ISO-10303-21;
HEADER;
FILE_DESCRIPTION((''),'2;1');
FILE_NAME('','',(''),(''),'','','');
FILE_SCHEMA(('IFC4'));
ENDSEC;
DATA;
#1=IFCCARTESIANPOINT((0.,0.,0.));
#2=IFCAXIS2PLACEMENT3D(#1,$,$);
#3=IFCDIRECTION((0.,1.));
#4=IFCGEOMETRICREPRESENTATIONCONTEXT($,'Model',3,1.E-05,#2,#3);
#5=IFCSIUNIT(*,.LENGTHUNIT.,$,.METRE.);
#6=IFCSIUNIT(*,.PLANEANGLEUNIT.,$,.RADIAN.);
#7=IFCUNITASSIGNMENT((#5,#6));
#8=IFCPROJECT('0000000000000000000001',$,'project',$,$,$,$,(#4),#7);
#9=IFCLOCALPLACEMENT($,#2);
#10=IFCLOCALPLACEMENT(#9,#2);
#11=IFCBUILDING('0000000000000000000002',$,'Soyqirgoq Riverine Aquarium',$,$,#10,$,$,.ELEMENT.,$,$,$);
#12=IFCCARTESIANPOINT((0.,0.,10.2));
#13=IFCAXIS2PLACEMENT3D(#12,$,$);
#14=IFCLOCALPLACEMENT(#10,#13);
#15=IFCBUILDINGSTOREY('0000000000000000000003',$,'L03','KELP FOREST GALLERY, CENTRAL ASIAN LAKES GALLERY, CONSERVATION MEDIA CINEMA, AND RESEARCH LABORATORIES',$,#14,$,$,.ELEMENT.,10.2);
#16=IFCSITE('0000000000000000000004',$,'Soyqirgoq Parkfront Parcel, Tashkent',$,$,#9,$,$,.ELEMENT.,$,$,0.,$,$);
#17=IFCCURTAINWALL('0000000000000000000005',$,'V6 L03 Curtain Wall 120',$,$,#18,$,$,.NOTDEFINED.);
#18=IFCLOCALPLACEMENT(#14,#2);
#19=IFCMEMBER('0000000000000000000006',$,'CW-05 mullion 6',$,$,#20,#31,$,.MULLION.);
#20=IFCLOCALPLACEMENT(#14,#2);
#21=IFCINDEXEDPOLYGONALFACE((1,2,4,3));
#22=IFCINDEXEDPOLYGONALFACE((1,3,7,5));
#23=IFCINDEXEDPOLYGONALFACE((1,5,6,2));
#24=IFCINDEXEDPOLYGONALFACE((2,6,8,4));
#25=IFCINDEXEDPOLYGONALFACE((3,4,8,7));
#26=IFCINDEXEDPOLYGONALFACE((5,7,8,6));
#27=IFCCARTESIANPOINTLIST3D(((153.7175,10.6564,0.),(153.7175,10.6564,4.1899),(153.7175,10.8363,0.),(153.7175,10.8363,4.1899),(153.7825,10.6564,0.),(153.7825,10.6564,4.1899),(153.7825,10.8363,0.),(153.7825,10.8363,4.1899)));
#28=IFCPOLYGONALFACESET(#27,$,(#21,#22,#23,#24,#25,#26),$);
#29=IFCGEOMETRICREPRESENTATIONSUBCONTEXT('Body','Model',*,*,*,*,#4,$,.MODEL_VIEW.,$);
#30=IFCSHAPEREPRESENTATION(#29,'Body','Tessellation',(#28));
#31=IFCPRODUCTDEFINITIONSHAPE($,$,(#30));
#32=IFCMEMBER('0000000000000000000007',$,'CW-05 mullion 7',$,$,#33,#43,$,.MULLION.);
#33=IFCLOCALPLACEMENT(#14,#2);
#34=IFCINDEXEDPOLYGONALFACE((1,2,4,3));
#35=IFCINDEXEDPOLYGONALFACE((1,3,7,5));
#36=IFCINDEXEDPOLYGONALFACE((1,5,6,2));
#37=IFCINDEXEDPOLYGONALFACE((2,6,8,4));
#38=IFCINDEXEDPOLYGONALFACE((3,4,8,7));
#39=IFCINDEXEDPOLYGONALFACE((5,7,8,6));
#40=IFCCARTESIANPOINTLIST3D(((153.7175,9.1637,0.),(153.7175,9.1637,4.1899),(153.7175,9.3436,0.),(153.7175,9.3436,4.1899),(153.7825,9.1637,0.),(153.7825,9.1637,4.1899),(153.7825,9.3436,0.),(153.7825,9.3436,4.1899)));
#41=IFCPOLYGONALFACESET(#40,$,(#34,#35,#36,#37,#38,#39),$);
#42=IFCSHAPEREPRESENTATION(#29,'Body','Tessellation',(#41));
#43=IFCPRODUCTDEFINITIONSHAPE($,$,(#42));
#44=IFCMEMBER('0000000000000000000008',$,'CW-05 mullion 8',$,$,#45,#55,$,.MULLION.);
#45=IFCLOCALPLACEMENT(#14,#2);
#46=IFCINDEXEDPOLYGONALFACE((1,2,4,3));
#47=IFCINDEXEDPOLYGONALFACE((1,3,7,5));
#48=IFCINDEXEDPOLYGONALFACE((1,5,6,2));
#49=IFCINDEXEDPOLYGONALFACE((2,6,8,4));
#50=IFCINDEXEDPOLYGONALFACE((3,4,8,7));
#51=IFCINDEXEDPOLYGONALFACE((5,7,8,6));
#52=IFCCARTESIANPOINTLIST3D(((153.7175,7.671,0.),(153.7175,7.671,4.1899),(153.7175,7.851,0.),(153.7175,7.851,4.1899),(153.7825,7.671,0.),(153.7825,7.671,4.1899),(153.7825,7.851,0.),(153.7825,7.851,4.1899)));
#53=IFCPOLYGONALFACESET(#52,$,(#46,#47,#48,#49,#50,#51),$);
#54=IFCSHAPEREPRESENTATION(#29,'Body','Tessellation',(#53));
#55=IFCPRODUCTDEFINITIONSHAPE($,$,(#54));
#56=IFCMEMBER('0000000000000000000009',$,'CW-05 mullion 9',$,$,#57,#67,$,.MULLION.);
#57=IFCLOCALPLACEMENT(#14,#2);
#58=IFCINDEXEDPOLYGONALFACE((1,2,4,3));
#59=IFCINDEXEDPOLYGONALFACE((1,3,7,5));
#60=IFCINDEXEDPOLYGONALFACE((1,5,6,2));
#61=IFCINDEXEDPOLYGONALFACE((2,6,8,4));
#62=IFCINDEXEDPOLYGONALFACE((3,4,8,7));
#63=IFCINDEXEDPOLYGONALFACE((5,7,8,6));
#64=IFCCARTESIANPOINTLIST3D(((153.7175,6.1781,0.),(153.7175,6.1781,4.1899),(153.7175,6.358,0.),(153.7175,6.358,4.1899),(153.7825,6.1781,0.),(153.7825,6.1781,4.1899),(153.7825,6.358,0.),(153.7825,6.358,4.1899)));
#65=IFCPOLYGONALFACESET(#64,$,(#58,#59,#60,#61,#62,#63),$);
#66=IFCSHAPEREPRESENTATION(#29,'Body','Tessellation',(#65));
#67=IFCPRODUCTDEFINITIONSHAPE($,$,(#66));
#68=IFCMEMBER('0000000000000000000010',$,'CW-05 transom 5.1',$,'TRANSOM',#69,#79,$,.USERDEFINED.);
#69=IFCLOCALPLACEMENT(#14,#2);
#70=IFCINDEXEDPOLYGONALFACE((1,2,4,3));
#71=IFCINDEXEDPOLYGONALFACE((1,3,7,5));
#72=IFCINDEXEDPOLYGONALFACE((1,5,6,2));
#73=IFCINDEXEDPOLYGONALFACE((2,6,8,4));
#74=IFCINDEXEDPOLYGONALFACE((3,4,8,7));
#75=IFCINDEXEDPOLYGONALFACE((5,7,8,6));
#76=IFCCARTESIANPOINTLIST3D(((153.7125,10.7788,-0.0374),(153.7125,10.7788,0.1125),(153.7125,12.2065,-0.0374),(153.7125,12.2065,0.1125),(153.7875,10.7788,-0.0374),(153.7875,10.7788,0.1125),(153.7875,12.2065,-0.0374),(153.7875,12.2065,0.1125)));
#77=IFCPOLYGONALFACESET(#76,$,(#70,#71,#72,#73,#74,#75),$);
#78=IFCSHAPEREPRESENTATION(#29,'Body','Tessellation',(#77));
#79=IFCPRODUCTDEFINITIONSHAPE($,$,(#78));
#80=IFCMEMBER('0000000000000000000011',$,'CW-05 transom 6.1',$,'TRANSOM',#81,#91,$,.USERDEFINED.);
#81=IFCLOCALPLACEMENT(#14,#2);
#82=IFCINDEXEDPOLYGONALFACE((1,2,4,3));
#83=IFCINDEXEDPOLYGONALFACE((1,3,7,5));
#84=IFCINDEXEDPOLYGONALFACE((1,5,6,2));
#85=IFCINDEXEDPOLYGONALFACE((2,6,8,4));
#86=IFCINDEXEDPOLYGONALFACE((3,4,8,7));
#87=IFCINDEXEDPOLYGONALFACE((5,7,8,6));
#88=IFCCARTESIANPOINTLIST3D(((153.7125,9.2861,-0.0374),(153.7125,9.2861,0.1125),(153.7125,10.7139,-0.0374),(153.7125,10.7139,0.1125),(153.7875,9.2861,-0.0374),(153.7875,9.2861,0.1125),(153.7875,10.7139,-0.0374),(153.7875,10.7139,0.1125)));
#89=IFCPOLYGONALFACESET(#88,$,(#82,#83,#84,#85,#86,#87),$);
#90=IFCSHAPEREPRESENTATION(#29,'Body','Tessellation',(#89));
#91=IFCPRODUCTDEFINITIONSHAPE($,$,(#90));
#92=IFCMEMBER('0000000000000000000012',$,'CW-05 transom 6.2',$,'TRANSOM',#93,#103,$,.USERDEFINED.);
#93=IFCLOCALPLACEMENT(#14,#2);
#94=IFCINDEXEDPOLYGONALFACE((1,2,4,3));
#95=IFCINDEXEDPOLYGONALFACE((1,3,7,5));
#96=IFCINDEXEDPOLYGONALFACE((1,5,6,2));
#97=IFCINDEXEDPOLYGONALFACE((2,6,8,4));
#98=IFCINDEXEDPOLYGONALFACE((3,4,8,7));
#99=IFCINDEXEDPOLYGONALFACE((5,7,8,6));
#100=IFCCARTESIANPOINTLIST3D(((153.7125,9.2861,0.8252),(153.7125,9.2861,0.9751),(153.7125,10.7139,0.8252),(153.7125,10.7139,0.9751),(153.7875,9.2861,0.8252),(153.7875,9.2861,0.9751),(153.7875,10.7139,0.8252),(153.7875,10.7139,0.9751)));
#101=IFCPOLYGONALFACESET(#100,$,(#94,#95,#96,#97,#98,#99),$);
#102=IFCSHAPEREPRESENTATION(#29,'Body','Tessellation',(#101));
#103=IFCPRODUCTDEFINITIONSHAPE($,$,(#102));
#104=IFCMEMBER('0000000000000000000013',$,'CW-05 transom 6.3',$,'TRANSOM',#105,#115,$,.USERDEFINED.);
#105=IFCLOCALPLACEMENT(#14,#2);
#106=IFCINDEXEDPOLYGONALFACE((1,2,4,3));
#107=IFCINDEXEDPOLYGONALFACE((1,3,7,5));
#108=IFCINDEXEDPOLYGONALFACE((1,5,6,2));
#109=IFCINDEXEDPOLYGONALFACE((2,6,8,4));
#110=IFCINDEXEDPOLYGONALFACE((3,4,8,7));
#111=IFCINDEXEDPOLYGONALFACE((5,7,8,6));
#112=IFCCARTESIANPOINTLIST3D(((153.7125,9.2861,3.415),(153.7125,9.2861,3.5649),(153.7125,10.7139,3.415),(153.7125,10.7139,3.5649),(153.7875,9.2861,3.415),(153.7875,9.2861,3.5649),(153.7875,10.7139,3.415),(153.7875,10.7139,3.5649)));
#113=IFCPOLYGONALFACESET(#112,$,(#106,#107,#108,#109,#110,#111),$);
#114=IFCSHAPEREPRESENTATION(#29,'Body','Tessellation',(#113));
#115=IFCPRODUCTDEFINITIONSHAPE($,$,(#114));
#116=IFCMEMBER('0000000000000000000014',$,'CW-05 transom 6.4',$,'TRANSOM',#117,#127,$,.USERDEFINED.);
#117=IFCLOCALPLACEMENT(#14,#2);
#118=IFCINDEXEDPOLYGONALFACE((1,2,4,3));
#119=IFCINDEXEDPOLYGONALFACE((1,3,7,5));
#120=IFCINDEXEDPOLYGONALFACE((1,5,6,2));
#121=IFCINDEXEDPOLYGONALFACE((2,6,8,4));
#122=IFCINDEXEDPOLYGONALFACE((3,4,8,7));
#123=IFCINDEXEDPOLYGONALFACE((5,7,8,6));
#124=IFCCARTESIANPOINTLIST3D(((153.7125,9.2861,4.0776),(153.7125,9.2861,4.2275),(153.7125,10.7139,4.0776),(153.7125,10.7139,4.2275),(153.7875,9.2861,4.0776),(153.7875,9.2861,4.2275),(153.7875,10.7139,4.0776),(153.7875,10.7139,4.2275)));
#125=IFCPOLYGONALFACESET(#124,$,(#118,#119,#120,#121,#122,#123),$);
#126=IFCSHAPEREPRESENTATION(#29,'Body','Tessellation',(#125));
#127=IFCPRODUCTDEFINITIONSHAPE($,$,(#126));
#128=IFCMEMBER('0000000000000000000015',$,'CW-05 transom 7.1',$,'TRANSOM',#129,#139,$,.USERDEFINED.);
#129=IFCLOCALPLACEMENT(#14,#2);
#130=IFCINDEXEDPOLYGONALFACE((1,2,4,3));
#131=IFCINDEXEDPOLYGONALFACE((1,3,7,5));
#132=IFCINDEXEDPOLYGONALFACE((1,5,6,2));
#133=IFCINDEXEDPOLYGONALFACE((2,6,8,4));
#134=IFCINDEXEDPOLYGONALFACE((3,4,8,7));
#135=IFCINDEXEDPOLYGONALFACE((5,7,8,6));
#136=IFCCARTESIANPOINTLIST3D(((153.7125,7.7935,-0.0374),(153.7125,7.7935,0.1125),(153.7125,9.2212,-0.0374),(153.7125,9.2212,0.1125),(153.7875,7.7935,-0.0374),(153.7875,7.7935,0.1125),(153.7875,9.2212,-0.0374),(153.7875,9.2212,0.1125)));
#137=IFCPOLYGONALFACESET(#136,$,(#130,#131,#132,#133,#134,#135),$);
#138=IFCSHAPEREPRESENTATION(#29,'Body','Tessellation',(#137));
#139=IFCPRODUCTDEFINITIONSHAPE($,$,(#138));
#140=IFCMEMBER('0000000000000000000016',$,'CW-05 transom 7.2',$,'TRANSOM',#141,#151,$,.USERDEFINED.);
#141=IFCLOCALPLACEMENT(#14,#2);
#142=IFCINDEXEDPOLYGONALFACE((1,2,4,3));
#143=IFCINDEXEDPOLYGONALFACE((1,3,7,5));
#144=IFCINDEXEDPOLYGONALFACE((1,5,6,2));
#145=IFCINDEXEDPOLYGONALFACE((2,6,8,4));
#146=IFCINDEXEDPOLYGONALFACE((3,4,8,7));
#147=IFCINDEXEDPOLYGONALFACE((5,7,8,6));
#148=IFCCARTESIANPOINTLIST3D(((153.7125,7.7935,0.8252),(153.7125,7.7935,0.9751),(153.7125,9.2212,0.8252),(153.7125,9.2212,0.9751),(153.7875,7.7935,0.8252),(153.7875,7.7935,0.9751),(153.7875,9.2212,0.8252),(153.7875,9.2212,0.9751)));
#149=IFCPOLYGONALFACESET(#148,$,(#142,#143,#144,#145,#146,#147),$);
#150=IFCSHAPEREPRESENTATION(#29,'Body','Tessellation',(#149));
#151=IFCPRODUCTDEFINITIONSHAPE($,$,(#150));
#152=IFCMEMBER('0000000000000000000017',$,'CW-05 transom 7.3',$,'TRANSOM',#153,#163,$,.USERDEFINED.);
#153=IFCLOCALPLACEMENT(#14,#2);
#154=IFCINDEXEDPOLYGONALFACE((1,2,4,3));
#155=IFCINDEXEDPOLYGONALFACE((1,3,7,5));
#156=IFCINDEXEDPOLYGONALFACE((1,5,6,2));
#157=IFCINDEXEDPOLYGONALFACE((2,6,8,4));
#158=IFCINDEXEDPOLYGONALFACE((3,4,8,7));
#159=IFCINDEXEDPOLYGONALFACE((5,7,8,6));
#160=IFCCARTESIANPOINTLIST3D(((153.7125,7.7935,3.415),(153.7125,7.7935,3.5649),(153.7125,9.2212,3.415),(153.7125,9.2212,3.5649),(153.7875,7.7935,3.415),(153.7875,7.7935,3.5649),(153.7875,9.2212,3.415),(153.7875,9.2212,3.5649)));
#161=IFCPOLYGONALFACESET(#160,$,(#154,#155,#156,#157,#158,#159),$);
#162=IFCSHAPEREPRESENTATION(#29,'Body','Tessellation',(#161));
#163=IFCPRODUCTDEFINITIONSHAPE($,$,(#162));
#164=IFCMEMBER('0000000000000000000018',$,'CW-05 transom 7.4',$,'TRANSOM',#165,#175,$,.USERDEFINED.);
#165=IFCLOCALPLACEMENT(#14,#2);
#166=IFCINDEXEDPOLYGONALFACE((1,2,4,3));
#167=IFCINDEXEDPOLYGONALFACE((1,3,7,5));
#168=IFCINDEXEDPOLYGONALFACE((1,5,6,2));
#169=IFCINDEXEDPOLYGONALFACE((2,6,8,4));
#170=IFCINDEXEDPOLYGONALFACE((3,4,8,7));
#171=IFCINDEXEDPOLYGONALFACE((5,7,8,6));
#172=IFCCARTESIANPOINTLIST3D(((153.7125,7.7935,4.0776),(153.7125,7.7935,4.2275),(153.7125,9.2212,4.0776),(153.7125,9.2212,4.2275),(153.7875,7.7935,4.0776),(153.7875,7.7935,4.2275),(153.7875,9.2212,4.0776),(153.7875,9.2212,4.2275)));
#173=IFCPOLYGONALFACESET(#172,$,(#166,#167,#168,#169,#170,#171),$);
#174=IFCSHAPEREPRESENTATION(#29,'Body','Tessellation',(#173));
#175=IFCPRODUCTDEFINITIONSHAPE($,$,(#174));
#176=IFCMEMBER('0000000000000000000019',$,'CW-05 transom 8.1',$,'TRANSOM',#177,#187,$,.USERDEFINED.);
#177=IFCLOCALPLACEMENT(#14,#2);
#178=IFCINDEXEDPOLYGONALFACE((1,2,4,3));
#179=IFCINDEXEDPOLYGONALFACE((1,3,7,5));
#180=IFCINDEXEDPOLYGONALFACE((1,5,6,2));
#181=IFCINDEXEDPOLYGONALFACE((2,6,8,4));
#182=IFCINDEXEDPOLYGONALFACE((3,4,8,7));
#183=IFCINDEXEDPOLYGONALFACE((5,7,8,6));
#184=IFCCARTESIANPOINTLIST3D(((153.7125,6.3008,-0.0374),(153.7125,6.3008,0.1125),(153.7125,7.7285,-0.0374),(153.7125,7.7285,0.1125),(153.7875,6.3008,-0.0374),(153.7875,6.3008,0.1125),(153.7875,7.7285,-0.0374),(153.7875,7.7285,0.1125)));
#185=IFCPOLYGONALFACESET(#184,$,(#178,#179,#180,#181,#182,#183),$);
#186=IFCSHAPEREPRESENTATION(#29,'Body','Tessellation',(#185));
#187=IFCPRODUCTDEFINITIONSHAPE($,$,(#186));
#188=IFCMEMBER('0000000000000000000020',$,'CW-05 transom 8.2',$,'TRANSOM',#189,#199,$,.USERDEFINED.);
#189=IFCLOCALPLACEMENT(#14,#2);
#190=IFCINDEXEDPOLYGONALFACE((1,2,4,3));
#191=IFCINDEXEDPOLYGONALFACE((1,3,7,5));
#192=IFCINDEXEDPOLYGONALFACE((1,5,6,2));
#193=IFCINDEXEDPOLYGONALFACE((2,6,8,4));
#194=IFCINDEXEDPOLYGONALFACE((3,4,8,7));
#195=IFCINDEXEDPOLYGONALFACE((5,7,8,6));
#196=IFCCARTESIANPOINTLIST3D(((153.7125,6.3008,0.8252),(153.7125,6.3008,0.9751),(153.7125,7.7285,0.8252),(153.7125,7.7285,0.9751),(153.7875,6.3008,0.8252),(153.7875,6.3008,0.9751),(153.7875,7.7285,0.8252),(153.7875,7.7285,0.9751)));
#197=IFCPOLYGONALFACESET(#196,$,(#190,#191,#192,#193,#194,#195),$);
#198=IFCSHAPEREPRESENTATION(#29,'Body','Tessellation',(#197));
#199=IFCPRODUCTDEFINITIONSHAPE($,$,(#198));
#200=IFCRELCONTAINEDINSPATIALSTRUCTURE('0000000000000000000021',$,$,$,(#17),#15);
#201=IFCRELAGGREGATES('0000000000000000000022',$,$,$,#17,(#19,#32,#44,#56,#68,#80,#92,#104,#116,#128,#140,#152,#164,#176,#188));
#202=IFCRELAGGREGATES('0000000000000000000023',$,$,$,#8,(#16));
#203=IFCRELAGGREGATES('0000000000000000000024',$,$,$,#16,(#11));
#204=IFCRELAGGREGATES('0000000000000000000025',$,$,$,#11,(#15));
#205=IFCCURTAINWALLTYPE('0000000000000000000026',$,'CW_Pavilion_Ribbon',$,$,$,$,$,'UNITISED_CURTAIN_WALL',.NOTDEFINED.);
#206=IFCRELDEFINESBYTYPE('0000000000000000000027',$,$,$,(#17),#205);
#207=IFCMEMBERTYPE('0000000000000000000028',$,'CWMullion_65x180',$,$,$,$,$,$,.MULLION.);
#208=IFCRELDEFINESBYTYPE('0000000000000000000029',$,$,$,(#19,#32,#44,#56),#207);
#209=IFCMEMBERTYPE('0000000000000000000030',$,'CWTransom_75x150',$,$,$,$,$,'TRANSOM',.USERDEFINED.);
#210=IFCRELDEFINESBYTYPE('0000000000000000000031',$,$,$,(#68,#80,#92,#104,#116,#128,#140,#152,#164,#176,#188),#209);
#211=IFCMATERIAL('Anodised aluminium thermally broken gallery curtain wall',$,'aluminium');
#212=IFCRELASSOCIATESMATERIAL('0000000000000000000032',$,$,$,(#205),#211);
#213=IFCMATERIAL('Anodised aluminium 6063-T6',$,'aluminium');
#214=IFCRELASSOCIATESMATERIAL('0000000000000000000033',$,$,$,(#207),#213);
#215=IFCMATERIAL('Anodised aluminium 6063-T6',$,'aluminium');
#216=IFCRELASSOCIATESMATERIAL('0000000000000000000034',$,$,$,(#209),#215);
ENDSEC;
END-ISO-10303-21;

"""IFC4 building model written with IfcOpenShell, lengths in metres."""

from ifc_helpers import new_model, si_unit, direction, frame, origin, origin_2d, place, context, subcontext, project, spatial, rectangle, extrude, material, material_profile, profile_set, type_object, element, aggregate, save


model = new_model("IFC4")

# Units and contexts
model_context = context("Model", 3, precision=1e-05, world=origin(), true_north=direction((0.0, 1.0)))
body_context = subcontext(model_context, "Body", "Model", "MODEL_VIEW")
ifc_project = project(units=[si_unit("LENGTHUNIT", "METRE"), si_unit("PLANEANGLEUNIT", "RADIAN")], contexts=[model_context])

# Site, building, storey
site_placement = place(None, origin())
site = spatial("IfcSite", under=ifc_project, at=site_placement, Name="Soyqirgoq Parkfront Parcel, Tashkent", CompositionType="ELEMENT", RefElevation=0.0)
building_placement = place(site_placement, origin())
building = spatial("IfcBuilding", under=site, at=building_placement, Name="Soyqirgoq Riverine Aquarium", CompositionType="ELEMENT")
storey_placement = place(building_placement, frame((0.0, 0.0, 10.2)))
storey = spatial("IfcBuildingStorey", under=building, at=storey_placement, Name="L03", Description="KELP FOREST GALLERY, CENTRAL ASIAN LAKES GALLERY, CONSERVATION MEDIA CINEMA, AND RESEARCH LABORATORIES", CompositionType="ELEMENT", Elevation=10.2)

# Curtain wall, members
ifc_material_1 = material(Name="Anodised aluminium thermally broken gallery curtain wall", Category="aluminium")
curtain_wall_type = type_object("IfcCurtainWallType", Name="CW_Pavilion_Ribbon", ElementType="UNITISED_CURTAIN_WALL", PredefinedType="NOTDEFINED", material=ifc_material_1)
curtain_wall_placement = place(storey_placement, origin())
curtain_wall = element("IfcCurtainWall", 1, at=curtain_wall_placement, inside=storey, type_object=curtain_wall_type, Name="V6 L03 Curtain Wall 120", PredefinedType="NOTDEFINED")
ifc_material_2 = material(Name="Anodised aluminium 6063-T6", Category="aluminium")
ifc_material_profile_1 = material_profile(ifc_material_2, rectangle(XDim=0.0649, YDim=0.1799, at=origin_2d()), Name="ALU-M 65x180")
ifc_profile_set_1 = profile_set([ifc_material_profile_1], Name="Anodised aluminium 6063-T6")
member_type_1 = type_object("IfcMemberType", Name="CWMullion_65x180", PredefinedType="MULLION", material=ifc_profile_set_1)
member_1_placement = place(storey_placement, frame((153.75, 10.7463, 0.0), z_axis=(0.0, 0.0, 1.0), x_axis=(1.0, 0.0, 0.0)))
member_1 = element("IfcMember", 2, at=member_1_placement, type_object=member_type_1, Name="CW-05 mullion 6", PredefinedType="MULLION", context=body_context, shape_type="SweptSolid", body=[
    extrude(rectangle(XDim=0.0649, YDim=0.1799, at=origin_2d()), origin(), (0.0, 0.0, 1.0), 4.1899),
])
member_2_placement = place(storey_placement, frame((153.75, 9.2537, 0.0), z_axis=(0.0, 0.0, 1.0), x_axis=(1.0, 0.0, 0.0)))
member_2 = element("IfcMember", 3, at=member_2_placement, type_object=member_type_1, Name="CW-05 mullion 7", PredefinedType="MULLION", context=body_context, shape_type="SweptSolid", body=[
    extrude(rectangle(XDim=0.0649, YDim=0.1799, at=origin_2d()), origin(), (0.0, 0.0, 1.0), 4.1899),
])
member_3_placement = place(storey_placement, frame((153.75, 7.761, 0.0), z_axis=(0.0, 0.0, 1.0), x_axis=(1.0, 0.0, 0.0)))
member_3 = element("IfcMember", 4, at=member_3_placement, type_object=member_type_1, Name="CW-05 mullion 8", PredefinedType="MULLION", context=body_context, shape_type="SweptSolid", body=[
    extrude(rectangle(XDim=0.0649, YDim=0.1799, at=origin_2d()), origin(), (0.0, 0.0, 1.0), 4.1899),
])
member_4_placement = place(storey_placement, frame((153.75, 6.2681, 0.0), z_axis=(0.0, 0.0, 1.0), x_axis=(1.0, 0.0, 0.0)))
member_4 = element("IfcMember", 5, at=member_4_placement, type_object=member_type_1, Name="CW-05 mullion 9", PredefinedType="MULLION", context=body_context, shape_type="SweptSolid", body=[
    extrude(rectangle(XDim=0.0649, YDim=0.1799, at=origin_2d()), origin(), (0.0, 0.0, 1.0), 4.1899),
])
ifc_material_3 = material(Name="Anodised aluminium 6063-T6", Category="aluminium")
ifc_material_profile_2 = material_profile(ifc_material_3, rectangle(XDim=0.075, YDim=0.1499, at=origin_2d()), Name="ALU-T 75x150")
ifc_profile_set_2 = profile_set([ifc_material_profile_2], Name="Anodised aluminium 6063-T6")
member_type_2 = type_object("IfcMemberType", Name="CWTransom_75x150", ElementType="TRANSOM", PredefinedType="USERDEFINED", material=ifc_profile_set_2)
member_5_placement = place(storey_placement, frame((153.75, 12.2065, 0.0376), z_axis=(0.0, -1.0, 0.0), x_axis=(1.0, 0.0, 0.0)))
member_5 = element("IfcMember", 6, at=member_5_placement, type_object=member_type_2, Name="CW-05 transom 5.1", ObjectType="TRANSOM", PredefinedType="USERDEFINED", context=body_context, shape_type="SweptSolid", body=[
    extrude(rectangle(XDim=0.075, YDim=0.1499, at=origin_2d()), origin(), (0.0, 0.0, 1.0), 1.4277),
])
member_6_placement = place(storey_placement, frame((153.75, 10.7139, 0.0376), z_axis=(0.0, -1.0, 0.0), x_axis=(1.0, 0.0, 0.0)))
member_6 = element("IfcMember", 7, at=member_6_placement, type_object=member_type_2, Name="CW-05 transom 6.1", ObjectType="TRANSOM", PredefinedType="USERDEFINED", context=body_context, shape_type="SweptSolid", body=[
    extrude(rectangle(XDim=0.075, YDim=0.1499, at=origin_2d()), origin(), (0.0, 0.0, 1.0), 1.4277),
])
member_7_placement = place(storey_placement, frame((153.75, 10.7139, 0.9001), z_axis=(0.0, -1.0, 0.0), x_axis=(1.0, 0.0, 0.0)))
member_7 = element("IfcMember", 8, at=member_7_placement, type_object=member_type_2, Name="CW-05 transom 6.2", ObjectType="TRANSOM", PredefinedType="USERDEFINED", context=body_context, shape_type="SweptSolid", body=[
    extrude(rectangle(XDim=0.075, YDim=0.1499, at=origin_2d()), origin(), (0.0, 0.0, 1.0), 1.4277),
])
member_8_placement = place(storey_placement, frame((153.75, 10.7139, 3.49), z_axis=(0.0, -1.0, 0.0), x_axis=(1.0, 0.0, 0.0)))
member_8 = element("IfcMember", 9, at=member_8_placement, type_object=member_type_2, Name="CW-05 transom 6.3", ObjectType="TRANSOM", PredefinedType="USERDEFINED", context=body_context, shape_type="SweptSolid", body=[
    extrude(rectangle(XDim=0.075, YDim=0.1499, at=origin_2d()), origin(), (0.0, 0.0, 1.0), 1.4277),
])
member_9_placement = place(storey_placement, frame((153.75, 10.7139, 4.1526), z_axis=(0.0, -1.0, 0.0), x_axis=(1.0, 0.0, 0.0)))
member_9 = element("IfcMember", 10, at=member_9_placement, type_object=member_type_2, Name="CW-05 transom 6.4", ObjectType="TRANSOM", PredefinedType="USERDEFINED", context=body_context, shape_type="SweptSolid", body=[
    extrude(rectangle(XDim=0.075, YDim=0.1499, at=origin_2d()), origin(), (0.0, 0.0, 1.0), 1.4277),
])
member_10_placement = place(storey_placement, frame((153.75, 9.2212, 0.0376), z_axis=(0.0, -1.0, 0.0), x_axis=(1.0, 0.0, 0.0)))
member_10 = element("IfcMember", 11, at=member_10_placement, type_object=member_type_2, Name="CW-05 transom 7.1", ObjectType="TRANSOM", PredefinedType="USERDEFINED", context=body_context, shape_type="SweptSolid", body=[
    extrude(rectangle(XDim=0.075, YDim=0.1499, at=origin_2d()), origin(), (0.0, 0.0, 1.0), 1.4277),
])
member_11_placement = place(storey_placement, frame((153.75, 9.2212, 0.9001), z_axis=(0.0, -1.0, 0.0), x_axis=(1.0, 0.0, 0.0)))
member_11 = element("IfcMember", 12, at=member_11_placement, type_object=member_type_2, Name="CW-05 transom 7.2", ObjectType="TRANSOM", PredefinedType="USERDEFINED", context=body_context, shape_type="SweptSolid", body=[
    extrude(rectangle(XDim=0.075, YDim=0.1499, at=origin_2d()), origin(), (0.0, 0.0, 1.0), 1.4277),
])
member_12_placement = place(storey_placement, frame((153.75, 9.2212, 3.49), z_axis=(0.0, -1.0, 0.0), x_axis=(1.0, 0.0, 0.0)))
member_12 = element("IfcMember", 13, at=member_12_placement, type_object=member_type_2, Name="CW-05 transom 7.3", ObjectType="TRANSOM", PredefinedType="USERDEFINED", context=body_context, shape_type="SweptSolid", body=[
    extrude(rectangle(XDim=0.075, YDim=0.1499, at=origin_2d()), origin(), (0.0, 0.0, 1.0), 1.4277),
])
member_13_placement = place(storey_placement, frame((153.75, 9.2212, 4.1526), z_axis=(0.0, -1.0, 0.0), x_axis=(1.0, 0.0, 0.0)))
member_13 = element("IfcMember", 14, at=member_13_placement, type_object=member_type_2, Name="CW-05 transom 7.4", ObjectType="TRANSOM", PredefinedType="USERDEFINED", context=body_context, shape_type="SweptSolid", body=[
    extrude(rectangle(XDim=0.075, YDim=0.1499, at=origin_2d()), origin(), (0.0, 0.0, 1.0), 1.4277),
])
member_14_placement = place(storey_placement, frame((153.75, 7.7285, 0.0376), z_axis=(0.0, -1.0, 0.0), x_axis=(1.0, 0.0, 0.0)))
member_14 = element("IfcMember", 15, at=member_14_placement, type_object=member_type_2, Name="CW-05 transom 8.1", ObjectType="TRANSOM", PredefinedType="USERDEFINED", context=body_context, shape_type="SweptSolid", body=[
    extrude(rectangle(XDim=0.075, YDim=0.1499, at=origin_2d()), origin(), (0.0, 0.0, 1.0), 1.4277),
])
member_15_placement = place(storey_placement, frame((153.75, 7.7285, 0.9001), z_axis=(0.0, -1.0, 0.0), x_axis=(1.0, 0.0, 0.0)))
member_15 = element("IfcMember", 16, at=member_15_placement, type_object=member_type_2, Name="CW-05 transom 8.2", ObjectType="TRANSOM", PredefinedType="USERDEFINED", context=body_context, shape_type="SweptSolid", body=[
    extrude(rectangle(XDim=0.075, YDim=0.1499, at=origin_2d()), origin(), (0.0, 0.0, 1.0), 1.4277),
])

aggregate(curtain_wall, [member_1, member_2, member_3, member_4, member_5, member_6, member_7, member_8, member_9, member_10, member_11, member_12, member_13, member_14, member_15])

save(model, "model.ifc")
